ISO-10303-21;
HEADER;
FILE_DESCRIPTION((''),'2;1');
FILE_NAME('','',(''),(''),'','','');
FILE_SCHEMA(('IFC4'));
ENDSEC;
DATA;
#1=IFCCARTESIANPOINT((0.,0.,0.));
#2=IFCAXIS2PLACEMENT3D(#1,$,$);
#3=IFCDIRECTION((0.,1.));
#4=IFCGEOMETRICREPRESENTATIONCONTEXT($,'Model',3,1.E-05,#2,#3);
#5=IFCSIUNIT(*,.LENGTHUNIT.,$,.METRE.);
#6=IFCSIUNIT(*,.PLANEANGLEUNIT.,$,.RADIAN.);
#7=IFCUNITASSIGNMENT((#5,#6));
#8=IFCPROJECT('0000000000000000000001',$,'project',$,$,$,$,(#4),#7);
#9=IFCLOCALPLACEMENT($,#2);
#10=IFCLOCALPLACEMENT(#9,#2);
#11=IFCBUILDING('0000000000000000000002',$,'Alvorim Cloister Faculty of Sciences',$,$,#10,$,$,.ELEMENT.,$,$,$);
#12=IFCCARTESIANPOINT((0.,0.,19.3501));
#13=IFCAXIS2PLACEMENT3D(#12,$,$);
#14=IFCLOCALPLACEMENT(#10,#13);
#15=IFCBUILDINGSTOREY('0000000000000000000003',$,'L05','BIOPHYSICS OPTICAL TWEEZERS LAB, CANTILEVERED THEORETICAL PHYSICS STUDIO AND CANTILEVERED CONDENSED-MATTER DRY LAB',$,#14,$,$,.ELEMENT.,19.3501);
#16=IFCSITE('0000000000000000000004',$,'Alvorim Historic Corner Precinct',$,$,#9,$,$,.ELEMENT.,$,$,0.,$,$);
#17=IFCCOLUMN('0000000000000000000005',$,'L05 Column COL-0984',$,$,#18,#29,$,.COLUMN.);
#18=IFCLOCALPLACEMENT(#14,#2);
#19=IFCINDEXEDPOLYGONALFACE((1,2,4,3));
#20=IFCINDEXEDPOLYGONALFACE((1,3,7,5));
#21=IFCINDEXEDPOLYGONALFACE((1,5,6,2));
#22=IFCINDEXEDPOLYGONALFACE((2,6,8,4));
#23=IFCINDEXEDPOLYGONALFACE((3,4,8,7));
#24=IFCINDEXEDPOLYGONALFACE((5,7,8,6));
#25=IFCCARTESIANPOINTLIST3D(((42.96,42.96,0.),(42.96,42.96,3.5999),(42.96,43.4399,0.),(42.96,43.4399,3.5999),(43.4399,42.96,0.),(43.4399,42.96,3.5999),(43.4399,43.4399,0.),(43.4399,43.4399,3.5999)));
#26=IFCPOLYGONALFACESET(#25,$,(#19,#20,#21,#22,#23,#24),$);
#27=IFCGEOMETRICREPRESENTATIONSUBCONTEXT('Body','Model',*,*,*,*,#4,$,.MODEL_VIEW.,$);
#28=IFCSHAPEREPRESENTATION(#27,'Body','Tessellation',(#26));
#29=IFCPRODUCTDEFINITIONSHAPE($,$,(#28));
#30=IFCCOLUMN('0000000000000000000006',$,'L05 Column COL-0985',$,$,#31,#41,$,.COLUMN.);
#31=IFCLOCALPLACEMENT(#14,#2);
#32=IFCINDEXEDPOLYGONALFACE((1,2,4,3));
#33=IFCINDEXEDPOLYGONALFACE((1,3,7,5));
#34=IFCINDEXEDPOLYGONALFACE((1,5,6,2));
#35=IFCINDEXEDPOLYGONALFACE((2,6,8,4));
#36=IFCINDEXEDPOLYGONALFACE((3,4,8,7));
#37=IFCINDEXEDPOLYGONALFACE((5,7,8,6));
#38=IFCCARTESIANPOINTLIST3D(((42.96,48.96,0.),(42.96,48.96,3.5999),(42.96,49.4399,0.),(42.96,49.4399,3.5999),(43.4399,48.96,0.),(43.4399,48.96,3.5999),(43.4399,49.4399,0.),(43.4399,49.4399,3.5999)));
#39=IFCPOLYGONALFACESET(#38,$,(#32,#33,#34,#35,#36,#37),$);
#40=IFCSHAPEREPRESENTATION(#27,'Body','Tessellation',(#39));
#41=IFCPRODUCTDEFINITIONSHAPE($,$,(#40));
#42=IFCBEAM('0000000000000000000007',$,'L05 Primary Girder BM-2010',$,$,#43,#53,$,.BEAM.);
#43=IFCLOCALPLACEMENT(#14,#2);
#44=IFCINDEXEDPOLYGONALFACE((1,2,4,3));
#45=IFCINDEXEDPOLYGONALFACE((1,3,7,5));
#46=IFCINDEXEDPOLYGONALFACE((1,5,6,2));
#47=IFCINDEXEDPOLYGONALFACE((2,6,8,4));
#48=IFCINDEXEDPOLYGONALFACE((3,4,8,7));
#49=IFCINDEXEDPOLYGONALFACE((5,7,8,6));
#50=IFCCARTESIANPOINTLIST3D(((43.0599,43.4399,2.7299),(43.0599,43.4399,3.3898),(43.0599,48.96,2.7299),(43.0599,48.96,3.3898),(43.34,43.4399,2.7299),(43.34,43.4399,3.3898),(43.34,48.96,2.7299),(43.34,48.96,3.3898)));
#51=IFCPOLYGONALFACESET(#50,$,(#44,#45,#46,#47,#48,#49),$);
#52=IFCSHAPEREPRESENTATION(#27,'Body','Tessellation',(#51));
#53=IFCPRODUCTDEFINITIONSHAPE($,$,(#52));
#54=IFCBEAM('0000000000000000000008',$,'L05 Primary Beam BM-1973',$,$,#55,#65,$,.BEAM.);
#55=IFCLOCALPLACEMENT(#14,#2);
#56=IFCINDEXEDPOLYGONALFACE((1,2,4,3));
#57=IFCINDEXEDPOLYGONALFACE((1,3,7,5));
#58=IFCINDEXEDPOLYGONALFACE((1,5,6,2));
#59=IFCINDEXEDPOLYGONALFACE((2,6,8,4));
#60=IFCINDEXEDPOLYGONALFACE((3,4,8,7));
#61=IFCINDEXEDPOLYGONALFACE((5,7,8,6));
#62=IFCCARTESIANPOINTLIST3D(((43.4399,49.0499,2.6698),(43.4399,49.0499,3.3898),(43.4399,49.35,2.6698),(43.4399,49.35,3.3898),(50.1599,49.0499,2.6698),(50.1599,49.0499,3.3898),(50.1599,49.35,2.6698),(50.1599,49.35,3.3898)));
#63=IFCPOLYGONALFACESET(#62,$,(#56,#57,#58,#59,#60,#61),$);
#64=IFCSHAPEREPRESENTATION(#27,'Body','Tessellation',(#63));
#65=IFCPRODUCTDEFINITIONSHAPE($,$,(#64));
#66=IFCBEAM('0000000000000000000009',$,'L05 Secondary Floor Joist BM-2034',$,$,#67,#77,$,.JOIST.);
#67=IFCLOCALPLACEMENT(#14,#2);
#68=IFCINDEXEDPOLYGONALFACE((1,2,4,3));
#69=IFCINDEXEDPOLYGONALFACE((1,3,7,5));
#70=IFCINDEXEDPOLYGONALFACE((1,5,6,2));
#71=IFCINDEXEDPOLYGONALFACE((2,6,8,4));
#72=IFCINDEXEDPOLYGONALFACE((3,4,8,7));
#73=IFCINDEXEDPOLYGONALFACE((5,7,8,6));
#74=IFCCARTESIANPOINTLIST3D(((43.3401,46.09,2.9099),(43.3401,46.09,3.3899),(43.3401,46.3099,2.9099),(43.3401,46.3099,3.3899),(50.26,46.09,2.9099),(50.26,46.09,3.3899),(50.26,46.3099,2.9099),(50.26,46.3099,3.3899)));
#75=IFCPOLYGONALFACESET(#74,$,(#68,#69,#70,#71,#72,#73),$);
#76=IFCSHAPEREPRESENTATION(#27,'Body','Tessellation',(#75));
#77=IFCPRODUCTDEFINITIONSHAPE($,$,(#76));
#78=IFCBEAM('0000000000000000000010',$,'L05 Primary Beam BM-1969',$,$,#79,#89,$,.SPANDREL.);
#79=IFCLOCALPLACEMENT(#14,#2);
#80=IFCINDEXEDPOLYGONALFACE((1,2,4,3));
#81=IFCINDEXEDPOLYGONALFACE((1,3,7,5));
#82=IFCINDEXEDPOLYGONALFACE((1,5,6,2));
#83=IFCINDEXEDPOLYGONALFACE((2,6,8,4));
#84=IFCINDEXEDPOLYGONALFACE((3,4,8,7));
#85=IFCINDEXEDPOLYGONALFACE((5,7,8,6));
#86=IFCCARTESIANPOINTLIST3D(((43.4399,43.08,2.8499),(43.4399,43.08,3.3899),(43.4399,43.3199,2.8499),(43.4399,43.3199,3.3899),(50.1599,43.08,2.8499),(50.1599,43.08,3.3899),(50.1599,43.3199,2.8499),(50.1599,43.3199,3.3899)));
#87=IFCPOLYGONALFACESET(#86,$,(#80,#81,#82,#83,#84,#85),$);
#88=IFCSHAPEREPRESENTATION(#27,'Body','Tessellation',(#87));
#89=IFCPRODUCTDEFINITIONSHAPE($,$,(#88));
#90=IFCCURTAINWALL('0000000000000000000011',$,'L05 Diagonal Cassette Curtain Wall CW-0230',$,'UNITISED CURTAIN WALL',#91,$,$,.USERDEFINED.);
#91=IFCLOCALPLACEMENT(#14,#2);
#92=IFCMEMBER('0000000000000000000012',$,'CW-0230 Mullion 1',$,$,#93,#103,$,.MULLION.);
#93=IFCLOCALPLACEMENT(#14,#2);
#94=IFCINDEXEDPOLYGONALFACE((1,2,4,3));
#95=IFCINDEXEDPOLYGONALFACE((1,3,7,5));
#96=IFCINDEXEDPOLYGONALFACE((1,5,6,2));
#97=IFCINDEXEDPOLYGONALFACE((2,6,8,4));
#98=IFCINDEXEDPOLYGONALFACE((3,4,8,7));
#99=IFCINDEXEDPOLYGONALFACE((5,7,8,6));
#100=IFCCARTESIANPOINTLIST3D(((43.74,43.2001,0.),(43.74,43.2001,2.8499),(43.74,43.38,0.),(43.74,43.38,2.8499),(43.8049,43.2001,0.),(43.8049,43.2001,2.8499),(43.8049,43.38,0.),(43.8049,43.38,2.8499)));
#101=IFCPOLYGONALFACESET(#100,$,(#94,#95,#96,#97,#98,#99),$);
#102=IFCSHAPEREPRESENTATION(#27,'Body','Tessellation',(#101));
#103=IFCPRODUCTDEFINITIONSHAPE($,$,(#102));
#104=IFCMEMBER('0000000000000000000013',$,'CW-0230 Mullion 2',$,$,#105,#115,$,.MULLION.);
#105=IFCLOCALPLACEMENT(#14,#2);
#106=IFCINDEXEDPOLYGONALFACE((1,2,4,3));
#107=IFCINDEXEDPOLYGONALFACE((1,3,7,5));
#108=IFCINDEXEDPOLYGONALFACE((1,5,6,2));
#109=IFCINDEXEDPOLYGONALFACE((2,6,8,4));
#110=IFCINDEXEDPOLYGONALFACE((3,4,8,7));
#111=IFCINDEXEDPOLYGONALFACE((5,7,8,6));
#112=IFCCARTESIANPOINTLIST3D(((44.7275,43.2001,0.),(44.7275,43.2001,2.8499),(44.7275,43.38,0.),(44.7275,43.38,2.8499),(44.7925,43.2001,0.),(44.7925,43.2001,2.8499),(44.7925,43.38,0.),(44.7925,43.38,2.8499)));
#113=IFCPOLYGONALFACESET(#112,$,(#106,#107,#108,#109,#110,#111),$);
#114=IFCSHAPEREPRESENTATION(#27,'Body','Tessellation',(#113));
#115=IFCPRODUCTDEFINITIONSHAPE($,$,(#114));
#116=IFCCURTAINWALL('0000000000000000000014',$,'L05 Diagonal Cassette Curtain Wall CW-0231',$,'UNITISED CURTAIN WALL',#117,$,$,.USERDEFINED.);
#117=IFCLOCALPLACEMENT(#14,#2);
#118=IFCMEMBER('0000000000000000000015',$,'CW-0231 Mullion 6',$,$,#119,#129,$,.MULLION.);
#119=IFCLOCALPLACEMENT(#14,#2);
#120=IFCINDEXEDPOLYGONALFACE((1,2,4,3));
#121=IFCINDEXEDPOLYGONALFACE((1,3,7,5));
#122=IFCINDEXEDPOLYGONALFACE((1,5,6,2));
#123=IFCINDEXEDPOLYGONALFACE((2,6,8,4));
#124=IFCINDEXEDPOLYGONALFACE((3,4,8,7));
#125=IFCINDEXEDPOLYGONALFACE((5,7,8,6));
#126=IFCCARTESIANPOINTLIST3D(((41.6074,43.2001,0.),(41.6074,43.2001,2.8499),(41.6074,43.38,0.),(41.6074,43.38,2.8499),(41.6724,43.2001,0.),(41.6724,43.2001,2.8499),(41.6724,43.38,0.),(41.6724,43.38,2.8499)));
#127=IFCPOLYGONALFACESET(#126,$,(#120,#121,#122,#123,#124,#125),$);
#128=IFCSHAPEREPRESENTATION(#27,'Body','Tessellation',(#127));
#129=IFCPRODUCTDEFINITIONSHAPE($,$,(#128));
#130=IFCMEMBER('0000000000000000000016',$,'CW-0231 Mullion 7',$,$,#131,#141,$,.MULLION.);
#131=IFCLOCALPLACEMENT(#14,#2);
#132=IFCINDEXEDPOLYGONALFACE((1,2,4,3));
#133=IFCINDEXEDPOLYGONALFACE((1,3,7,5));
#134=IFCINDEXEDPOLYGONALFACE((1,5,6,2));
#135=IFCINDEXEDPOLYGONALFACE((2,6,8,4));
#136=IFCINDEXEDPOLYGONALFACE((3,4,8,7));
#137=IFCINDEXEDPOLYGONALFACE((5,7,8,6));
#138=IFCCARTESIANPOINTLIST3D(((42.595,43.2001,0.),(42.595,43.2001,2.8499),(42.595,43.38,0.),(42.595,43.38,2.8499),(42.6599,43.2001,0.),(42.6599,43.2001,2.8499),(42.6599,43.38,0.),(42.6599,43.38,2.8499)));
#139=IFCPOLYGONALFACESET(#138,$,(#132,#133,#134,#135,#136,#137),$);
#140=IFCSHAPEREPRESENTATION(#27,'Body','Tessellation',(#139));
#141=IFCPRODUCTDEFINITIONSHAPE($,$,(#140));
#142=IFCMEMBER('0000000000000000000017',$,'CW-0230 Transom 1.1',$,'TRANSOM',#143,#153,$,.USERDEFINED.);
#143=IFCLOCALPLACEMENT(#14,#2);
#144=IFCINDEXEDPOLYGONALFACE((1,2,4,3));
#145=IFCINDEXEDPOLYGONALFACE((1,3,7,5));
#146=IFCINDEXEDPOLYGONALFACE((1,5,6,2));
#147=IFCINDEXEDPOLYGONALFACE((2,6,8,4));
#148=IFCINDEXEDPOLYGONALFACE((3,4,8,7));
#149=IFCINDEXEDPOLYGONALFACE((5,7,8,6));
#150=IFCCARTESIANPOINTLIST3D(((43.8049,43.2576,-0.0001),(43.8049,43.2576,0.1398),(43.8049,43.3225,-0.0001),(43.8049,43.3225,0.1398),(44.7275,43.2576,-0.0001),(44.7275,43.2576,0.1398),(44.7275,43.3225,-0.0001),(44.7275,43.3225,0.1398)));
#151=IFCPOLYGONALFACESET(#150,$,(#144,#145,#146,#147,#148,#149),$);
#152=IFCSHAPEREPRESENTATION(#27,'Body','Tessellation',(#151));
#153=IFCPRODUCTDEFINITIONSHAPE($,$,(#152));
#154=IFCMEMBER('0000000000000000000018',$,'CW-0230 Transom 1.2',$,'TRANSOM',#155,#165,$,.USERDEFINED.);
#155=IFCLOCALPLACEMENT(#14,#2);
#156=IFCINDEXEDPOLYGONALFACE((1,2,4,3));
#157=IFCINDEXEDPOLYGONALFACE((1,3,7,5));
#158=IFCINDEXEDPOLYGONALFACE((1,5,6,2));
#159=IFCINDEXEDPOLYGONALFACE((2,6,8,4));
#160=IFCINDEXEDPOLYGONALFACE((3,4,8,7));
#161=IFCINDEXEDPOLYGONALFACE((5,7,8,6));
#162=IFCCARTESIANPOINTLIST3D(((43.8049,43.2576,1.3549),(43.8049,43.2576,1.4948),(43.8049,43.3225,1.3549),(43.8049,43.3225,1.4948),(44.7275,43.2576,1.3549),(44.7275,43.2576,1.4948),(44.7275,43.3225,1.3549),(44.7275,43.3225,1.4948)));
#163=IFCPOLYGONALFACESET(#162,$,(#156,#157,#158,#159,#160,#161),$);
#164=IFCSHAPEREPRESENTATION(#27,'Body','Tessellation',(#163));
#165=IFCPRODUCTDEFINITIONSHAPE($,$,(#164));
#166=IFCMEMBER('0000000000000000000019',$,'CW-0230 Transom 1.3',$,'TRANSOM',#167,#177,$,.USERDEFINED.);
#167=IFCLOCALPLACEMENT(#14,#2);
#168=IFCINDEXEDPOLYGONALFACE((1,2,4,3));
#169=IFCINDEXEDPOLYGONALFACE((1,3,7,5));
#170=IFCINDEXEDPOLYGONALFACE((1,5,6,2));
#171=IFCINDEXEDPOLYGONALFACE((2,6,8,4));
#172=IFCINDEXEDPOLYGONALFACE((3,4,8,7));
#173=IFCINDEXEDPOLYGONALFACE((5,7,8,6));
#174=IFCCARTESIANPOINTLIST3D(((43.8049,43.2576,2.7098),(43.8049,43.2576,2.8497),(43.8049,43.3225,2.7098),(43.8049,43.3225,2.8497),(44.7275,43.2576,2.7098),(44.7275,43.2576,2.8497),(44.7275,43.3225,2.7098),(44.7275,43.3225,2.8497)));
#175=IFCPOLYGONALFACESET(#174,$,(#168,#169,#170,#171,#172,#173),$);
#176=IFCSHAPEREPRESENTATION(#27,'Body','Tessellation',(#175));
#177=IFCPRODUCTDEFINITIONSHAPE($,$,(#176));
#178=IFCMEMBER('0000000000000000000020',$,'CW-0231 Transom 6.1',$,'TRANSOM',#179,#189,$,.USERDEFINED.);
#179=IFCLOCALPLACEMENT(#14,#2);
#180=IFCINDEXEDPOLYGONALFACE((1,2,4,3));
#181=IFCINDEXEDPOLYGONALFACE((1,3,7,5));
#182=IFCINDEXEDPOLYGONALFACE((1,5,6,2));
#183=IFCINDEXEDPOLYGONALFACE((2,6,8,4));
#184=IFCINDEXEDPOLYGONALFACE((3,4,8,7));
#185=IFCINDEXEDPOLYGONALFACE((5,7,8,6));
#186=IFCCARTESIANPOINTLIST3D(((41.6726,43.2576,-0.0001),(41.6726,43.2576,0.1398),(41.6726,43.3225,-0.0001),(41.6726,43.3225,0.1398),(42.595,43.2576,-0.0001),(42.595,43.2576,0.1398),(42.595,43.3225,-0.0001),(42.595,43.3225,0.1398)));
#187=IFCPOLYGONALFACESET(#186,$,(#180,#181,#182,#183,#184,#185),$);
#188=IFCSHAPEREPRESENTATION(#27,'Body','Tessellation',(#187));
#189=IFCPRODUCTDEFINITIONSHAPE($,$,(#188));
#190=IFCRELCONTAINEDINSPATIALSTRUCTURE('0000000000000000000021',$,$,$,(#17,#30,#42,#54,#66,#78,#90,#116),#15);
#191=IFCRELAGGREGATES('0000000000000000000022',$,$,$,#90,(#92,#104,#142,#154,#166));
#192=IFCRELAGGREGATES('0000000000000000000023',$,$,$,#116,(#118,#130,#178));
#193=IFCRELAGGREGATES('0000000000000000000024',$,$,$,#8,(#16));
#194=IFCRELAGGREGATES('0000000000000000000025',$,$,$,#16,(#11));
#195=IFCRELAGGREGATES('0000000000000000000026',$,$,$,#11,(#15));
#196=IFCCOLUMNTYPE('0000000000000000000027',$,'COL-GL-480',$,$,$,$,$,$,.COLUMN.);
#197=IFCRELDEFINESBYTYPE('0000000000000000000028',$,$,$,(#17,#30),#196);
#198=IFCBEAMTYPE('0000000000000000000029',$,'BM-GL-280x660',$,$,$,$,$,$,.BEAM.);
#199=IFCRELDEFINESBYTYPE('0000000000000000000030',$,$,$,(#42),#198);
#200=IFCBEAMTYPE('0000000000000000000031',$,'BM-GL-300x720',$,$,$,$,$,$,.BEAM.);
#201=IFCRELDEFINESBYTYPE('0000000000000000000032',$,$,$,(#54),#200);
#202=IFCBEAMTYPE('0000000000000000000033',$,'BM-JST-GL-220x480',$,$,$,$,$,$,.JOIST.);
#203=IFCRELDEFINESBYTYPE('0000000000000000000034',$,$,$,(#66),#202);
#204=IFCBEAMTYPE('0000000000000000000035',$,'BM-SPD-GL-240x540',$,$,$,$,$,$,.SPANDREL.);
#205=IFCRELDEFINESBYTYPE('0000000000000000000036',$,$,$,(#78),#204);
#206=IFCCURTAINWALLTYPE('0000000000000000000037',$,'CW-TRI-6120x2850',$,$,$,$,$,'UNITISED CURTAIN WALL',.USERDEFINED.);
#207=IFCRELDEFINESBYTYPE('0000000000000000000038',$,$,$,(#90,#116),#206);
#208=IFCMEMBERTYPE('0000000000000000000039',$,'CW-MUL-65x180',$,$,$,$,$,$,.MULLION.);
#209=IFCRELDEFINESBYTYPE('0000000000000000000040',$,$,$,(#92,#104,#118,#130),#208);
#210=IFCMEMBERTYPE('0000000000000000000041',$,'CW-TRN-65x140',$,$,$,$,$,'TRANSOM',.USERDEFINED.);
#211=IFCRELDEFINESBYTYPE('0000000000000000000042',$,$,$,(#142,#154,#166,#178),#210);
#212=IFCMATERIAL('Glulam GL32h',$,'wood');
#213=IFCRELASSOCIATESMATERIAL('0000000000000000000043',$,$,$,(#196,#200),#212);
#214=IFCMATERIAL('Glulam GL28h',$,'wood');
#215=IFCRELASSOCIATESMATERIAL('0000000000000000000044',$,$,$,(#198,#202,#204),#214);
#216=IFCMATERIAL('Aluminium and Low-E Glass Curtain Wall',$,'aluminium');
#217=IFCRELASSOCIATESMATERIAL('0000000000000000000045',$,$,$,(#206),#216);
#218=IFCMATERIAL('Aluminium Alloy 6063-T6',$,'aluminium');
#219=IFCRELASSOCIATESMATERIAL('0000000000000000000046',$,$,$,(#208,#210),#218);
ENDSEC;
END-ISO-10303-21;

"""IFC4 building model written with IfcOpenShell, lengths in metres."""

from ifc_helpers import new_model, si_unit, direction, frame, origin, origin_2d, place, context, subcontext, project, spatial, rectangle, extrude, material, material_profile, profile_set, type_object, element, aggregate, save


model = new_model("IFC4")

# Units and contexts
model_context = context("Model", 3, precision=1e-05, world=origin(), true_north=direction((0.0, 1.0)))
body_context = subcontext(model_context, "Body", "Model", "MODEL_VIEW")
ifc_project = project(units=[si_unit("LENGTHUNIT", "METRE"), si_unit("PLANEANGLEUNIT", "RADIAN")], contexts=[model_context])

# Site, building, storey
site_placement = place(None, origin())
site = spatial("IfcSite", under=ifc_project, at=site_placement, Name="Alvorim Historic Corner Precinct", CompositionType="ELEMENT", RefElevation=0.0)
building_placement = place(site_placement, origin())
building = spatial("IfcBuilding", under=site, at=building_placement, Name="Alvorim Cloister Faculty of Sciences", CompositionType="ELEMENT")
storey_placement = place(building_placement, frame((0.0, 0.0, 19.3501)))
storey = spatial("IfcBuildingStorey", under=building, at=storey_placement, Name="L05", Description="BIOPHYSICS OPTICAL TWEEZERS LAB, CANTILEVERED THEORETICAL PHYSICS STUDIO AND CANTILEVERED CONDENSED-MATTER DRY LAB", CompositionType="ELEMENT", Elevation=19.3501)

# Columns
ifc_material_1 = material(Name="Glulam GL32h", Category="wood")
ifc_material_profile_1 = material_profile(ifc_material_1, rectangle(XDim=0.48, YDim=0.48, at=origin_2d()), Name="GL32-COL-480x480")
ifc_profile_set_1 = profile_set([ifc_material_profile_1], Name="Glulam GL32h")
column_type = type_object("IfcColumnType", Name="COL-GL-480", PredefinedType="COLUMN", material=ifc_profile_set_1)
for number, where, z_axis, x_axis, name in (
    (1, (43.2, 43.2, 0.0), (0.0, 0.0, 1.0), (1.0, 0.0, 0.0), "L05 Column COL-0984"),
    (2, (43.2, 49.2, 0.0), (0.0, 0.0, 1.0), (1.0, 0.0, 0.0), "L05 Column COL-0985"),
):
    element("IfcColumn", number, at=place(storey_placement, frame(where, z_axis=z_axis, x_axis=x_axis)), inside=storey, type_object=column_type, Name=name, PredefinedType="COLUMN", context=body_context, shape_type="SweptSolid", body=[
        extrude(rectangle(XDim=0.48, YDim=0.48, at=origin_2d()), origin(), (0.0, 0.0, 1.0), 3.5999),
    ])

# Beams
ifc_material_2 = material(Name="Glulam GL28h", Category="wood")
ifc_material_profile_2 = material_profile(ifc_material_2, rectangle(XDim=0.28, YDim=0.6599, at=origin_2d()), Name="GL28-BM-280x660")
ifc_profile_set_2 = profile_set([ifc_material_profile_2], Name="Glulam GL28h")
beam_type_1 = type_object("IfcBeamType", Name="BM-GL-280x660", PredefinedType="BEAM", material=ifc_profile_set_2)
beam_1_placement = place(storey_placement, frame((43.2, 43.4399, 3.0598), z_axis=(0.0, 1.0, 0.0), x_axis=(-1.0, 0.0, 0.0)))
element("IfcBeam", 3, at=beam_1_placement, inside=storey, type_object=beam_type_1, Name="L05 Primary Girder BM-2010", PredefinedType="BEAM", context=body_context, shape_type="SweptSolid", body=[
    extrude(rectangle(XDim=0.28, YDim=0.6599, at=origin_2d()), origin(), (0.0, 0.0, 1.0), 5.52),
])
ifc_material_profile_3 = material_profile(ifc_material_1, rectangle(XDim=0.3, YDim=0.72, at=origin_2d()), Name="GL32-BM-300x720")
ifc_profile_set_3 = profile_set([ifc_material_profile_3], Name="Glulam GL32h")
beam_type_2 = type_object("IfcBeamType", Name="BM-GL-300x720", PredefinedType="BEAM", material=ifc_profile_set_3)
beam_2_placement = place(storey_placement, frame((43.4399, 49.2, 3.0298), z_axis=(1.0, 0.0, 0.0), x_axis=(0.0, 1.0, 0.0)))
element("IfcBeam", 4, at=beam_2_placement, inside=storey, type_object=beam_type_2, Name="L05 Primary Beam BM-1973", PredefinedType="BEAM", context=body_context, shape_type="SweptSolid", body=[
    extrude(rectangle(XDim=0.3, YDim=0.72, at=origin_2d()), origin(), (0.0, 0.0, 1.0), 6.72),
])
ifc_material_profile_4 = material_profile(ifc_material_2, rectangle(XDim=0.22, YDim=0.48, at=origin_2d()), Name="GL28-JST-220x480")
ifc_profile_set_4 = profile_set([ifc_material_profile_4], Name="Glulam GL28h")
beam_type_3 = type_object("IfcBeamType", Name="BM-JST-GL-220x480", PredefinedType="JOIST", material=ifc_profile_set_4)
beam_3_placement = place(storey_placement, frame((43.3401, 46.2, 3.1499), z_axis=(1.0, 0.0, 0.0), x_axis=(0.0, 1.0, 0.0)))
element("IfcBeam", 5, at=beam_3_placement, inside=storey, type_object=beam_type_3, Name="L05 Secondary Floor Joist BM-2034", PredefinedType="JOIST", context=body_context, shape_type="SweptSolid", body=[
    extrude(rectangle(XDim=0.22, YDim=0.48, at=origin_2d()), origin(), (0.0, 0.0, 1.0), 6.9199),
])
ifc_material_profile_5 = material_profile(ifc_material_2, rectangle(XDim=0.24, YDim=0.54, at=origin_2d()), Name="GL28-SPD-240x540")
ifc_profile_set_5 = profile_set([ifc_material_profile_5], Name="Glulam GL28h")
beam_type_4 = type_object("IfcBeamType", Name="BM-SPD-GL-240x540", PredefinedType="SPANDREL", material=ifc_profile_set_5)
beam_4_placement = place(storey_placement, frame((43.4399, 43.2, 3.1199), z_axis=(1.0, 0.0, 0.0), x_axis=(0.0, 1.0, 0.0)))
element("IfcBeam", 6, at=beam_4_placement, inside=storey, type_object=beam_type_4, Name="L05 Primary Beam BM-1969", PredefinedType="SPANDREL", context=body_context, shape_type="SweptSolid", body=[
    extrude(rectangle(XDim=0.24, YDim=0.54, at=origin_2d()), origin(), (0.0, 0.0, 1.0), 6.72),
])

# Curtain walls, members
ifc_material_3 = material(Name="Aluminium and Low-E Glass Curtain Wall", Category="aluminium")
curtain_wall_type = type_object("IfcCurtainWallType", Name="CW-TRI-6120x2850", ElementType="UNITISED CURTAIN WALL", PredefinedType="USERDEFINED", material=ifc_material_3)
curtain_wall_1_placement = place(storey_placement, origin())
curtain_wall_1 = element("IfcCurtainWall", 7, at=curtain_wall_1_placement, inside=storey, type_object=curtain_wall_type, Name="L05 Diagonal Cassette Curtain Wall CW-0230", ObjectType="UNITISED CURTAIN WALL", PredefinedType="USERDEFINED")
ifc_material_4 = material(Name="Aluminium Alloy 6063-T6", Category="aluminium")
ifc_material_profile_6 = material_profile(ifc_material_4, rectangle(XDim=0.0649, YDim=0.1799, at=origin_2d()), Name="ALU-MUL-65x180")
ifc_profile_set_6 = profile_set([ifc_material_profile_6], Name="Aluminium Alloy 6063-T6")
member_type_1 = type_object("IfcMemberType", Name="CW-MUL-65x180", PredefinedType="MULLION", material=ifc_profile_set_6)
member_1_placement = place(storey_placement, frame((43.7725, 43.29, 0.0), z_axis=(0.0, 0.0, 1.0), x_axis=(1.0, 0.0, 0.0)))
member_1 = element("IfcMember", 8, at=member_1_placement, type_object=member_type_1, Name="CW-0230 Mullion 1", PredefinedType="MULLION", context=body_context, shape_type="SweptSolid", body=[
    extrude(rectangle(XDim=0.0649, YDim=0.1799, at=origin_2d()), origin(), (0.0, 0.0, 1.0), 2.8499),
])
member_2_placement = place(storey_placement, frame((44.76, 43.29, 0.0), z_axis=(0.0, 0.0, 1.0), x_axis=(1.0, 0.0, 0.0)))
member_2 = element("IfcMember", 9, at=member_2_placement, type_object=member_type_1, Name="CW-0230 Mullion 2", PredefinedType="MULLION", context=body_context, shape_type="SweptSolid", body=[
    extrude(rectangle(XDim=0.0649, YDim=0.1799, at=origin_2d()), origin(), (0.0, 0.0, 1.0), 2.8499),
])
curtain_wall_2_placement = place(storey_placement, origin())
curtain_wall_2 = element("IfcCurtainWall", 10, at=curtain_wall_2_placement, inside=storey, type_object=curtain_wall_type, Name="L05 Diagonal Cassette Curtain Wall CW-0231", ObjectType="UNITISED CURTAIN WALL", PredefinedType="USERDEFINED")
member_3_placement = place(storey_placement, frame((41.6399, 43.29, 0.0), z_axis=(0.0, 0.0, 1.0), x_axis=(1.0, 0.0, 0.0)))
member_3 = element("IfcMember", 11, at=member_3_placement, type_object=member_type_1, Name="CW-0231 Mullion 6", PredefinedType="MULLION", context=body_context, shape_type="SweptSolid", body=[
    extrude(rectangle(XDim=0.0649, YDim=0.1799, at=origin_2d()), origin(), (0.0, 0.0, 1.0), 2.8499),
])
member_4_placement = place(storey_placement, frame((42.6274, 43.29, 0.0), z_axis=(0.0, 0.0, 1.0), x_axis=(1.0, 0.0, 0.0)))
member_4 = element("IfcMember", 12, at=member_4_placement, type_object=member_type_1, Name="CW-0231 Mullion 7", PredefinedType="MULLION", context=body_context, shape_type="SweptSolid", body=[
    extrude(rectangle(XDim=0.0649, YDim=0.1799, at=origin_2d()), origin(), (0.0, 0.0, 1.0), 2.8499),
])

# Members
ifc_material_profile_7 = material_profile(ifc_material_4, rectangle(XDim=0.0649, YDim=0.1399, at=origin_2d()), Name="ALU-TRN-65x140")
ifc_profile_set_7 = profile_set([ifc_material_profile_7], Name="Aluminium Alloy 6063-T6")
member_type_2 = type_object("IfcMemberType", Name="CW-TRN-65x140", ElementType="TRANSOM", PredefinedType="USERDEFINED", material=ifc_profile_set_7)
member_5_placement = place(storey_placement, frame((43.8049, 43.29, 0.0698), z_axis=(1.0, 0.0, 0.0), x_axis=(0.0, 1.0, 0.0)))
member_5 = element("IfcMember", 13, at=member_5_placement, type_object=member_type_2, Name="CW-0230 Transom 1.1", ObjectType="TRANSOM", PredefinedType="USERDEFINED", context=body_context, shape_type="SweptSolid", body=[
    extrude(rectangle(XDim=0.0649, YDim=0.1399, at=origin_2d()), origin(), (0.0, 0.0, 1.0), 0.9226),
])
member_6_placement = place(storey_placement, frame((43.8049, 43.29, 1.4248), z_axis=(1.0, 0.0, 0.0), x_axis=(0.0, 1.0, 0.0)))
member_6 = element("IfcMember", 14, at=member_6_placement, type_object=member_type_2, Name="CW-0230 Transom 1.2", ObjectType="TRANSOM", PredefinedType="USERDEFINED", context=body_context, shape_type="SweptSolid", body=[
    extrude(rectangle(XDim=0.0649, YDim=0.1399, at=origin_2d()), origin(), (0.0, 0.0, 1.0), 0.9226),
])
member_7_placement = place(storey_placement, frame((43.8049, 43.29, 2.7798), z_axis=(1.0, 0.0, 0.0), x_axis=(0.0, 1.0, 0.0)))
member_7 = element("IfcMember", 15, at=member_7_placement, type_object=member_type_2, Name="CW-0230 Transom 1.3", ObjectType="TRANSOM", PredefinedType="USERDEFINED", context=body_context, shape_type="SweptSolid", body=[
    extrude(rectangle(XDim=0.0649, YDim=0.1399, at=origin_2d()), origin(), (0.0, 0.0, 1.0), 0.9226),
])
member_8_placement = place(storey_placement, frame((41.6726, 43.29, 0.0698), z_axis=(1.0, 0.0, 0.0), x_axis=(0.0, 1.0, 0.0)))
member_8 = element("IfcMember", 16, at=member_8_placement, type_object=member_type_2, Name="CW-0231 Transom 6.1", ObjectType="TRANSOM", PredefinedType="USERDEFINED", context=body_context, shape_type="SweptSolid", body=[
    extrude(rectangle(XDim=0.0649, YDim=0.1399, at=origin_2d()), origin(), (0.0, 0.0, 1.0), 0.9224),
])

aggregate(curtain_wall_1, [member_1, member_2, member_5, member_6, member_7])
aggregate(curtain_wall_2, [member_3, member_4, member_8])

save(model, "model.ifc")
